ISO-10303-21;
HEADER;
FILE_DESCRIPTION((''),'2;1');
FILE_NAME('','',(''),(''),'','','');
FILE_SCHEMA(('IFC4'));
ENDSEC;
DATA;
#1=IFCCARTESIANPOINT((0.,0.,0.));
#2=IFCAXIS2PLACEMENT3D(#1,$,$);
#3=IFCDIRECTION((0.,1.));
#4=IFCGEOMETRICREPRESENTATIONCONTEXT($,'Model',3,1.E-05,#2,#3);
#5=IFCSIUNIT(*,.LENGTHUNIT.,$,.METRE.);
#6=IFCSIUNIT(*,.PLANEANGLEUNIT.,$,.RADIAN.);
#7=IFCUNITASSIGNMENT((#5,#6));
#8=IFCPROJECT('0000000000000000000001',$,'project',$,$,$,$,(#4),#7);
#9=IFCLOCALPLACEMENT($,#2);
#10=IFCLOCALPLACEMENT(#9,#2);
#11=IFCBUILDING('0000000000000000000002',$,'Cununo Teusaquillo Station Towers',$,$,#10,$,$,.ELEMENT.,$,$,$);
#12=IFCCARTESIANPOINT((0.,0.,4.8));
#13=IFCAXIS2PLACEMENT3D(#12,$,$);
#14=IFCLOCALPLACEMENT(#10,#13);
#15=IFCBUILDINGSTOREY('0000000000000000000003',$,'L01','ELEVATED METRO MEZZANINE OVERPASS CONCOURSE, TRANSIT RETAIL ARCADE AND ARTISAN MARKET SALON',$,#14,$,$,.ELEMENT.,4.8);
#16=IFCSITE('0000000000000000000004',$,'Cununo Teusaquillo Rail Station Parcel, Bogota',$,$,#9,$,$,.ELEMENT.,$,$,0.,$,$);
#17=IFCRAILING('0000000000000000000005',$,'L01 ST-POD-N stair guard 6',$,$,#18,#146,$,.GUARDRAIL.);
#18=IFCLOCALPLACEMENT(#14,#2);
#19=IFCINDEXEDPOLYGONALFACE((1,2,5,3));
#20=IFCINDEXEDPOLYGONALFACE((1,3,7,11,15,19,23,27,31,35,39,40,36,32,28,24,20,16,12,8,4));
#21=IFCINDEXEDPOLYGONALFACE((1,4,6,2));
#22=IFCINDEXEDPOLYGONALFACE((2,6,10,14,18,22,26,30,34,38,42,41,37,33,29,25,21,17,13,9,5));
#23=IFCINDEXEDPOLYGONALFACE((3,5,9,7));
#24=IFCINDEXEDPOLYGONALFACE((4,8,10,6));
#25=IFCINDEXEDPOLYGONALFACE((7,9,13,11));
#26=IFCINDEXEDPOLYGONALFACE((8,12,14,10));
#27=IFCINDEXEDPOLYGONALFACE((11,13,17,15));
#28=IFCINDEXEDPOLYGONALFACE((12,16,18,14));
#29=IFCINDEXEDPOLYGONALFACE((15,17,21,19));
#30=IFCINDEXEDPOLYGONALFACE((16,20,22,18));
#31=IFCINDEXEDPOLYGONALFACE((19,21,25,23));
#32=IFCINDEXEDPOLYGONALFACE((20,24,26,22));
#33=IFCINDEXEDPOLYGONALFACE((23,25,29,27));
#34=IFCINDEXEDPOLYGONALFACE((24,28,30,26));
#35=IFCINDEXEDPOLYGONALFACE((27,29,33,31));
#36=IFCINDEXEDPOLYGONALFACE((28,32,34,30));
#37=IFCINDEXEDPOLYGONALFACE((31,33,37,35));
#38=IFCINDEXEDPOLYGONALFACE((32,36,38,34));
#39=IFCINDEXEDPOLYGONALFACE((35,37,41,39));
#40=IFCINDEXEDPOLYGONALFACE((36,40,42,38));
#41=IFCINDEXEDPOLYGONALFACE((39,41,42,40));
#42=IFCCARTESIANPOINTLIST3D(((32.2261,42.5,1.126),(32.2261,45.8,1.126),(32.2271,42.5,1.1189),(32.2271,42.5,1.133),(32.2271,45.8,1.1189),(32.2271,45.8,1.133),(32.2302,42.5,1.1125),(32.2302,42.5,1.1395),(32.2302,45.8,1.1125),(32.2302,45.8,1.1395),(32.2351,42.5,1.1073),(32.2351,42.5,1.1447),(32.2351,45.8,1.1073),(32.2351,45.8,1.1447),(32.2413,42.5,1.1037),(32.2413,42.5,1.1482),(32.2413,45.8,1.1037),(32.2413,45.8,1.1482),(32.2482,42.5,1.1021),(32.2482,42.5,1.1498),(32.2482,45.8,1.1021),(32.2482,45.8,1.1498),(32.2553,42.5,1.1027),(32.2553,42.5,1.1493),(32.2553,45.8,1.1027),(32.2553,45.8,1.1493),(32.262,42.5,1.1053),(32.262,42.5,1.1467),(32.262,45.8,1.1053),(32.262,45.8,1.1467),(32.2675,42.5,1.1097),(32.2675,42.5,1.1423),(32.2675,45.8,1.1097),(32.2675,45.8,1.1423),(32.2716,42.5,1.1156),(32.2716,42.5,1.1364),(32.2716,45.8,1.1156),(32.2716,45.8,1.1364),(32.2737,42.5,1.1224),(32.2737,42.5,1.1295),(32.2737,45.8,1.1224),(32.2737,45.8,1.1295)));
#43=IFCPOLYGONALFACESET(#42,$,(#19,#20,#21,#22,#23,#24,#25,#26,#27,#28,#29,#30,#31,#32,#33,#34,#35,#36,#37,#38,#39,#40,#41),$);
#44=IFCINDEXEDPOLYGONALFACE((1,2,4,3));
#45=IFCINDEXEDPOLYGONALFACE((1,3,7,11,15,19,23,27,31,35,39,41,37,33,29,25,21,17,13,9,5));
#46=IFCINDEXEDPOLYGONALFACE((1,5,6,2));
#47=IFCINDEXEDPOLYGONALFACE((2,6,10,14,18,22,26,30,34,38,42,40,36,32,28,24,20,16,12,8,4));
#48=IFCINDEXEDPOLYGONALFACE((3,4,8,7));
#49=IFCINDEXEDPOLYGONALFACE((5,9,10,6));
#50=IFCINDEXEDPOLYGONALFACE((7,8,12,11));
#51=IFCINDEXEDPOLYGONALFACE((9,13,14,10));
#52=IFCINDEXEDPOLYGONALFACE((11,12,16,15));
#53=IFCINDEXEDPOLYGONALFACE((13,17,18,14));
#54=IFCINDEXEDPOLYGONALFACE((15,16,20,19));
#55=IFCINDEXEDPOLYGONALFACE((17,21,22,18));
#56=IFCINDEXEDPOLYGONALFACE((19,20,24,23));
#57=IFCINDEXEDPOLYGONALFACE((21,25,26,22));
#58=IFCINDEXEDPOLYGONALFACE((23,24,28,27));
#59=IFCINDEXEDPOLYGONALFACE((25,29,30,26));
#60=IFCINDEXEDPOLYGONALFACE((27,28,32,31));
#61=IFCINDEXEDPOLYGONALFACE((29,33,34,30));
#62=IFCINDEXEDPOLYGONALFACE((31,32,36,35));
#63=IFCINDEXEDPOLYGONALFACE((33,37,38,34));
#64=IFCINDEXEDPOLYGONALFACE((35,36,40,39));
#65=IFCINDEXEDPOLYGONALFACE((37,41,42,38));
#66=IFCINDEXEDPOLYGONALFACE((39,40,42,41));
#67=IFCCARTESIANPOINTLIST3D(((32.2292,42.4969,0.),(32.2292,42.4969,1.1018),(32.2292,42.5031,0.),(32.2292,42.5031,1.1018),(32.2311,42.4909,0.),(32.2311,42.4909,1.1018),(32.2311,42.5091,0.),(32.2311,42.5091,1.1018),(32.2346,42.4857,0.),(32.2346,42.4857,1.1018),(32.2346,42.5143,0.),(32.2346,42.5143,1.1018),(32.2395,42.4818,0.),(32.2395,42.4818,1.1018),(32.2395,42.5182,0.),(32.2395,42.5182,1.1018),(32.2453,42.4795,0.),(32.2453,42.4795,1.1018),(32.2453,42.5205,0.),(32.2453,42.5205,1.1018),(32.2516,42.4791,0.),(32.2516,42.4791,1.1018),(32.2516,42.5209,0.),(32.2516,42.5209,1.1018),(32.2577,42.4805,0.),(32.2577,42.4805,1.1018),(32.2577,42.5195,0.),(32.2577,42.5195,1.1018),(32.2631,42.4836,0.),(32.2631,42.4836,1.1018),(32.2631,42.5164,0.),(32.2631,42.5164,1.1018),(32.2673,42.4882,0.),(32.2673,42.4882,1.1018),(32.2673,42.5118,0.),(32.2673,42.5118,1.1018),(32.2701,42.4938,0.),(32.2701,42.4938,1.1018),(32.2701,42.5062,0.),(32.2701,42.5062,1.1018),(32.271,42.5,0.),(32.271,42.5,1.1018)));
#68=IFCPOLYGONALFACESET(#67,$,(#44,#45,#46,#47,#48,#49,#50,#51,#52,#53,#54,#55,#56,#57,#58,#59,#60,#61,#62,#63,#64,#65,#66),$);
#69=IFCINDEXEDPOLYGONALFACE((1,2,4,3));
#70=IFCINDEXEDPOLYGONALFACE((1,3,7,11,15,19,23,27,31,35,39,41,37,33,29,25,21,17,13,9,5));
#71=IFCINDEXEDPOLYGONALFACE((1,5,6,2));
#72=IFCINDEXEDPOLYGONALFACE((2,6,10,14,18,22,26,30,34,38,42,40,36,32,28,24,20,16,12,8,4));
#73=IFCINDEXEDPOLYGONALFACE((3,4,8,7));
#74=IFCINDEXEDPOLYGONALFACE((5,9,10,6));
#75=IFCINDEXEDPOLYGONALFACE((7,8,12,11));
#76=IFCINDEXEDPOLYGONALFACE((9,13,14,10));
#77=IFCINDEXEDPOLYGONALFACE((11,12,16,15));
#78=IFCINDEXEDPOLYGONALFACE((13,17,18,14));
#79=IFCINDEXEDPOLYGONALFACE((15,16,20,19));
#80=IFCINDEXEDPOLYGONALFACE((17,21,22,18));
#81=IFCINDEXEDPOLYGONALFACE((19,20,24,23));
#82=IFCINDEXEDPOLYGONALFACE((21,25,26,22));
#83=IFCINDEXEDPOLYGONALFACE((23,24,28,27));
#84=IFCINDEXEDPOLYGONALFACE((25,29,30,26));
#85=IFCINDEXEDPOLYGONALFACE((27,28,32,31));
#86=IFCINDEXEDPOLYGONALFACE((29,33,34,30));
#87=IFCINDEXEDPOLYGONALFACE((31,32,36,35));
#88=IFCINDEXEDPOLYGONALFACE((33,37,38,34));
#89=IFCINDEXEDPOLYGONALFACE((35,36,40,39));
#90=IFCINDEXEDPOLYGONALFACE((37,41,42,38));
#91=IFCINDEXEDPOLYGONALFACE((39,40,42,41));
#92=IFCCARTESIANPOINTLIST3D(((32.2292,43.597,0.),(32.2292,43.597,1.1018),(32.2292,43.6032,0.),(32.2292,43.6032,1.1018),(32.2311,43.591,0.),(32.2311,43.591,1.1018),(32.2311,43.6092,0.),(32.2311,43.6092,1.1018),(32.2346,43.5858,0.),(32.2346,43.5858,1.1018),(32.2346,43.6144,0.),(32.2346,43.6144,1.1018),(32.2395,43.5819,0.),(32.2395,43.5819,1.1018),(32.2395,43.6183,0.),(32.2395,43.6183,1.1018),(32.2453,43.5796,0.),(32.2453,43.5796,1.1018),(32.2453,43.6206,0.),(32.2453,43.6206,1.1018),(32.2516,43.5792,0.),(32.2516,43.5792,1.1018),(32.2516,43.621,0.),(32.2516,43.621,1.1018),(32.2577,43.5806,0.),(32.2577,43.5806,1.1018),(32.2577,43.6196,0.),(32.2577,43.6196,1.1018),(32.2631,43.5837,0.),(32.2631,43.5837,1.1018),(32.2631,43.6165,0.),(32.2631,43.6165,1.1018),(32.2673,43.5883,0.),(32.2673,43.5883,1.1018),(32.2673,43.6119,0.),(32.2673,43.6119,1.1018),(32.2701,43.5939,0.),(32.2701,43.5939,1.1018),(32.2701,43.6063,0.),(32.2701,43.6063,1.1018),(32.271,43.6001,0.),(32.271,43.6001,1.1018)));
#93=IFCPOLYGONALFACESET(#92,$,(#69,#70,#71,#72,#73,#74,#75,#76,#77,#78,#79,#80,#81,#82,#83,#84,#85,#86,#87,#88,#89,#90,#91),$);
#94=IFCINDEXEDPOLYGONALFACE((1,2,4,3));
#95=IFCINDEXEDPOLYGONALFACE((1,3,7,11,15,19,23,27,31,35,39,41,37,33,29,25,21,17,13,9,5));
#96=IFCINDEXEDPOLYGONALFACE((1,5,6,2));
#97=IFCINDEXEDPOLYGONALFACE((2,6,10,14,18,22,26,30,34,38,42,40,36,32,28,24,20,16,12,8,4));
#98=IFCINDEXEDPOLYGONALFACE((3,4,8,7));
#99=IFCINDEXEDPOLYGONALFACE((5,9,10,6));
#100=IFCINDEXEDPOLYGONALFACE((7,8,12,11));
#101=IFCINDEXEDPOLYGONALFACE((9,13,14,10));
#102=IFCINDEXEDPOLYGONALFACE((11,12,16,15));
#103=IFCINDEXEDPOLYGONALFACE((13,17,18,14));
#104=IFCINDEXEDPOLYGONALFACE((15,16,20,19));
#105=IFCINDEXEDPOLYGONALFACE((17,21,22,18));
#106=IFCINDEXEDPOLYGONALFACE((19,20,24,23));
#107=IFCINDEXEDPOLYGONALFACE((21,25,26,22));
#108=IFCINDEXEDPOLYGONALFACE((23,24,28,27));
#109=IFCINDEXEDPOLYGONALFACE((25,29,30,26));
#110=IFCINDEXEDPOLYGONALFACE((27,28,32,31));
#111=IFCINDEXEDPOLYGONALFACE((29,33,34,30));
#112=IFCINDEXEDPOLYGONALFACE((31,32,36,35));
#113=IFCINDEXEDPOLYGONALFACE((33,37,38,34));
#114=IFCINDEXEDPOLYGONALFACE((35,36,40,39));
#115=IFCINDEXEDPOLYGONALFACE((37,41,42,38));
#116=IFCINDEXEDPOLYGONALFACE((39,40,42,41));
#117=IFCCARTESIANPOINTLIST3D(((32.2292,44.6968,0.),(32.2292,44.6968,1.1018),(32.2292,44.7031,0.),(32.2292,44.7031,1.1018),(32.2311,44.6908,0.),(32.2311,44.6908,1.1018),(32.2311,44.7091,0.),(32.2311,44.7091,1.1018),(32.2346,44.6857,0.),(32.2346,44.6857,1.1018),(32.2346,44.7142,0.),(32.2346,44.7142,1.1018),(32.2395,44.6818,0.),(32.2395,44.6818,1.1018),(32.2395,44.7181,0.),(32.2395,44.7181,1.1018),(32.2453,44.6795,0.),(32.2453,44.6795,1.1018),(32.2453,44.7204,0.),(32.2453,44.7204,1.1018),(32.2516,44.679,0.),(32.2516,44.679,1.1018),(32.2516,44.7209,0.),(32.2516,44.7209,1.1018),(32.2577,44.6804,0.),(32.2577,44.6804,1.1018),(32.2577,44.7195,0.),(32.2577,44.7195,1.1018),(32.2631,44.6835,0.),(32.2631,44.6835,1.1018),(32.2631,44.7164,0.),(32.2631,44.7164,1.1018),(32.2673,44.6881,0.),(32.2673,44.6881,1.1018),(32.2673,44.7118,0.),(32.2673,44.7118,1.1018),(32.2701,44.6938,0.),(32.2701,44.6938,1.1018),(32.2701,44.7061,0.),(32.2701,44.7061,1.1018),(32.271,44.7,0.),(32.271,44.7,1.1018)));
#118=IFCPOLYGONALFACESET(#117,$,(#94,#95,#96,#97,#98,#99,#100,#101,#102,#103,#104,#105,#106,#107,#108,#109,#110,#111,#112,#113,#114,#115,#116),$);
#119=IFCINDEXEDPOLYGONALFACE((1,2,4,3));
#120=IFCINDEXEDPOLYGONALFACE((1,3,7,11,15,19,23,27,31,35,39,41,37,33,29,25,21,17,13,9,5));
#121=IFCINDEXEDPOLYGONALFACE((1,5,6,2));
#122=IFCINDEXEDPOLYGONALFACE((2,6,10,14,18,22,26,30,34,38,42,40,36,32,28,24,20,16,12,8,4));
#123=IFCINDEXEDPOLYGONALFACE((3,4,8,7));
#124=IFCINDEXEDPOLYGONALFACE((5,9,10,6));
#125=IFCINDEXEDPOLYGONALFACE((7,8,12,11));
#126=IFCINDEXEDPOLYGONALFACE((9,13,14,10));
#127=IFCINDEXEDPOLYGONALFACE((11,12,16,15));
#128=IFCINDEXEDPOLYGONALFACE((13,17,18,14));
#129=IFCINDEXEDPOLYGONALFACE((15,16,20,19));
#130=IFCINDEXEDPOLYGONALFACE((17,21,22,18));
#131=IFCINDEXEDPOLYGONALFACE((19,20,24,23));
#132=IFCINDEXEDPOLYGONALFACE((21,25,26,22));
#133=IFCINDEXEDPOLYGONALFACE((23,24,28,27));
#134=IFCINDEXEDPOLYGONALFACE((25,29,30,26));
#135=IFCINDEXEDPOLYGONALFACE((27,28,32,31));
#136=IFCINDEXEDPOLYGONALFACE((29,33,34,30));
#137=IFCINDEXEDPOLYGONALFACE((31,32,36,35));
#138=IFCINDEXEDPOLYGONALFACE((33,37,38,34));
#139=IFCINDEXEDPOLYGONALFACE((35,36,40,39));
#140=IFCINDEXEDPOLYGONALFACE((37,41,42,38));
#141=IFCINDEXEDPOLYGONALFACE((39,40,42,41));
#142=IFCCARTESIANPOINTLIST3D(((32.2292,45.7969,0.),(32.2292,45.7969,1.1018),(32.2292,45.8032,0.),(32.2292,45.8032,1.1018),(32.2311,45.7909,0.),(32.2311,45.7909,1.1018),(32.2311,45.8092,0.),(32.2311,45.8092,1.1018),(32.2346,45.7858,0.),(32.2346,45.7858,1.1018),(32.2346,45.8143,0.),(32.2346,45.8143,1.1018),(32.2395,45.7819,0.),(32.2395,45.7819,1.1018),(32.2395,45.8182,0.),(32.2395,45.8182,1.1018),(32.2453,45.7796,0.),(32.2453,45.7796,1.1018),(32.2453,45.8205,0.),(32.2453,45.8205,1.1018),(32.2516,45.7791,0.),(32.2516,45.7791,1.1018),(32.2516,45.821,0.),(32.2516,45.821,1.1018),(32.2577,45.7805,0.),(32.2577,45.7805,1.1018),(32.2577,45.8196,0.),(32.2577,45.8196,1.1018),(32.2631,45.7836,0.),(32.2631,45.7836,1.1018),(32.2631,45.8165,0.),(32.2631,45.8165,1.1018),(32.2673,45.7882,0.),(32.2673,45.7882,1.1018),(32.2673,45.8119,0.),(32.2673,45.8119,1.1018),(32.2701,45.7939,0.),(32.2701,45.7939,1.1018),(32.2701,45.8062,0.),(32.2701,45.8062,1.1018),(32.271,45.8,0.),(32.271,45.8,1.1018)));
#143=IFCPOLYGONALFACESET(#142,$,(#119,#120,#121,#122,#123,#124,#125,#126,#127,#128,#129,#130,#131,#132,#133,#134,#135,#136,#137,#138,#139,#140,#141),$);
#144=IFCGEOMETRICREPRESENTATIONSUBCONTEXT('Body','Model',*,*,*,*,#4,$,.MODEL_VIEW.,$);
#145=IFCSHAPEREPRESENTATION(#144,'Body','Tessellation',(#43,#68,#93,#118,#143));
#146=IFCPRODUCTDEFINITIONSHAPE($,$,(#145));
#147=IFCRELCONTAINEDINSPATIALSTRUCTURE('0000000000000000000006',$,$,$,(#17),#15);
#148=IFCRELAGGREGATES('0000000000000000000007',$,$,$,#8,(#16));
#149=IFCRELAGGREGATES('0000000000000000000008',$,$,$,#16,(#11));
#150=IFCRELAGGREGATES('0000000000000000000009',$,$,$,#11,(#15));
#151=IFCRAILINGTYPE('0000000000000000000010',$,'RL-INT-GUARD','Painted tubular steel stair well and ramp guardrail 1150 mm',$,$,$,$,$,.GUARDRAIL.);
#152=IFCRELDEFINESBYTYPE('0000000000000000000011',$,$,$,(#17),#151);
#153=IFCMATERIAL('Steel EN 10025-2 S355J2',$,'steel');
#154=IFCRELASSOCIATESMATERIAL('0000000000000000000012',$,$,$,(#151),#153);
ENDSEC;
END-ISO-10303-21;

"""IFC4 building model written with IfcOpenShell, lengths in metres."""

from ifc_helpers import new_model, si_unit, direction, frame, origin, origin_2d, place, context, subcontext, project, spatial, circle, extrude, material, type_object, element, save


model = new_model("IFC4")

# Units and contexts
model_context = context("Model", 3, precision=1e-05, world=origin(), true_north=direction((0.0, 1.0)))
body_context = subcontext(model_context, "Body", "Model", "MODEL_VIEW")
ifc_project = project(units=[si_unit("LENGTHUNIT", "METRE"), si_unit("PLANEANGLEUNIT", "RADIAN")], contexts=[model_context])

# Site, building, storey
site_placement = place(None, origin())
site = spatial("IfcSite", under=ifc_project, at=site_placement, Name="Cununo Teusaquillo Rail Station Parcel, Bogota", CompositionType="ELEMENT", RefElevation=0.0)
building_placement = place(site_placement, origin())
building = spatial("IfcBuilding", under=site, at=building_placement, Name="Cununo Teusaquillo Station Towers", CompositionType="ELEMENT")
storey_placement = place(building_placement, frame((0.0, 0.0, 4.8)))
storey = spatial("IfcBuildingStorey", under=building, at=storey_placement, Name="L01", Description="ELEVATED METRO MEZZANINE OVERPASS CONCOURSE, TRANSIT RETAIL ARCADE AND ARTISAN MARKET SALON", CompositionType="ELEMENT", Elevation=4.8)

# Railing
ifc_material_1 = material(Name="Steel EN 10025-2 S355J2", Category="steel")
railing_type_1 = type_object("IfcRailingType", Name="RL-INT-GUARD", Description="Painted tubular steel stair well and ramp guardrail 1150 mm", PredefinedType="GUARDRAIL", material=ifc_material_1)
railing_1_placement = place(storey_placement, frame((32.25, 42.5, 0.0)))
element("IfcRailing", 1, at=railing_1_placement, inside=storey, type_object=railing_type_1, Name="L01 ST-POD-N stair guard 6", PredefinedType="GUARDRAIL", context=body_context, shape_type="SweptSolid", body=[
    extrude(circle(Radius=0.0239, at=origin_2d()), frame((0.0, 0.0, 1.126), z_axis=(0.0, 1.0, 0.0), x_axis=(-1.0, 0.0, 0.0)), (0.0, 0.0, 1.0), 3.3),
    extrude(circle(Radius=0.021, at=origin_2d()), origin(), (0.0, 0.0, 1.0), 1.1018),
    extrude(circle(Radius=0.021, at=origin_2d()), frame((0.0, 1.1001, 0.0)), (0.0, 0.0, 1.0), 1.1018),
    extrude(circle(Radius=0.021, at=origin_2d()), frame((0.0, 2.2, 0.0)), (0.0, 0.0, 1.0), 1.1018),
    extrude(circle(Radius=0.021, at=origin_2d()), frame((0.0, 3.3, 0.0)), (0.0, 0.0, 1.0), 1.1018),
])

save(model, "model.ifc")
